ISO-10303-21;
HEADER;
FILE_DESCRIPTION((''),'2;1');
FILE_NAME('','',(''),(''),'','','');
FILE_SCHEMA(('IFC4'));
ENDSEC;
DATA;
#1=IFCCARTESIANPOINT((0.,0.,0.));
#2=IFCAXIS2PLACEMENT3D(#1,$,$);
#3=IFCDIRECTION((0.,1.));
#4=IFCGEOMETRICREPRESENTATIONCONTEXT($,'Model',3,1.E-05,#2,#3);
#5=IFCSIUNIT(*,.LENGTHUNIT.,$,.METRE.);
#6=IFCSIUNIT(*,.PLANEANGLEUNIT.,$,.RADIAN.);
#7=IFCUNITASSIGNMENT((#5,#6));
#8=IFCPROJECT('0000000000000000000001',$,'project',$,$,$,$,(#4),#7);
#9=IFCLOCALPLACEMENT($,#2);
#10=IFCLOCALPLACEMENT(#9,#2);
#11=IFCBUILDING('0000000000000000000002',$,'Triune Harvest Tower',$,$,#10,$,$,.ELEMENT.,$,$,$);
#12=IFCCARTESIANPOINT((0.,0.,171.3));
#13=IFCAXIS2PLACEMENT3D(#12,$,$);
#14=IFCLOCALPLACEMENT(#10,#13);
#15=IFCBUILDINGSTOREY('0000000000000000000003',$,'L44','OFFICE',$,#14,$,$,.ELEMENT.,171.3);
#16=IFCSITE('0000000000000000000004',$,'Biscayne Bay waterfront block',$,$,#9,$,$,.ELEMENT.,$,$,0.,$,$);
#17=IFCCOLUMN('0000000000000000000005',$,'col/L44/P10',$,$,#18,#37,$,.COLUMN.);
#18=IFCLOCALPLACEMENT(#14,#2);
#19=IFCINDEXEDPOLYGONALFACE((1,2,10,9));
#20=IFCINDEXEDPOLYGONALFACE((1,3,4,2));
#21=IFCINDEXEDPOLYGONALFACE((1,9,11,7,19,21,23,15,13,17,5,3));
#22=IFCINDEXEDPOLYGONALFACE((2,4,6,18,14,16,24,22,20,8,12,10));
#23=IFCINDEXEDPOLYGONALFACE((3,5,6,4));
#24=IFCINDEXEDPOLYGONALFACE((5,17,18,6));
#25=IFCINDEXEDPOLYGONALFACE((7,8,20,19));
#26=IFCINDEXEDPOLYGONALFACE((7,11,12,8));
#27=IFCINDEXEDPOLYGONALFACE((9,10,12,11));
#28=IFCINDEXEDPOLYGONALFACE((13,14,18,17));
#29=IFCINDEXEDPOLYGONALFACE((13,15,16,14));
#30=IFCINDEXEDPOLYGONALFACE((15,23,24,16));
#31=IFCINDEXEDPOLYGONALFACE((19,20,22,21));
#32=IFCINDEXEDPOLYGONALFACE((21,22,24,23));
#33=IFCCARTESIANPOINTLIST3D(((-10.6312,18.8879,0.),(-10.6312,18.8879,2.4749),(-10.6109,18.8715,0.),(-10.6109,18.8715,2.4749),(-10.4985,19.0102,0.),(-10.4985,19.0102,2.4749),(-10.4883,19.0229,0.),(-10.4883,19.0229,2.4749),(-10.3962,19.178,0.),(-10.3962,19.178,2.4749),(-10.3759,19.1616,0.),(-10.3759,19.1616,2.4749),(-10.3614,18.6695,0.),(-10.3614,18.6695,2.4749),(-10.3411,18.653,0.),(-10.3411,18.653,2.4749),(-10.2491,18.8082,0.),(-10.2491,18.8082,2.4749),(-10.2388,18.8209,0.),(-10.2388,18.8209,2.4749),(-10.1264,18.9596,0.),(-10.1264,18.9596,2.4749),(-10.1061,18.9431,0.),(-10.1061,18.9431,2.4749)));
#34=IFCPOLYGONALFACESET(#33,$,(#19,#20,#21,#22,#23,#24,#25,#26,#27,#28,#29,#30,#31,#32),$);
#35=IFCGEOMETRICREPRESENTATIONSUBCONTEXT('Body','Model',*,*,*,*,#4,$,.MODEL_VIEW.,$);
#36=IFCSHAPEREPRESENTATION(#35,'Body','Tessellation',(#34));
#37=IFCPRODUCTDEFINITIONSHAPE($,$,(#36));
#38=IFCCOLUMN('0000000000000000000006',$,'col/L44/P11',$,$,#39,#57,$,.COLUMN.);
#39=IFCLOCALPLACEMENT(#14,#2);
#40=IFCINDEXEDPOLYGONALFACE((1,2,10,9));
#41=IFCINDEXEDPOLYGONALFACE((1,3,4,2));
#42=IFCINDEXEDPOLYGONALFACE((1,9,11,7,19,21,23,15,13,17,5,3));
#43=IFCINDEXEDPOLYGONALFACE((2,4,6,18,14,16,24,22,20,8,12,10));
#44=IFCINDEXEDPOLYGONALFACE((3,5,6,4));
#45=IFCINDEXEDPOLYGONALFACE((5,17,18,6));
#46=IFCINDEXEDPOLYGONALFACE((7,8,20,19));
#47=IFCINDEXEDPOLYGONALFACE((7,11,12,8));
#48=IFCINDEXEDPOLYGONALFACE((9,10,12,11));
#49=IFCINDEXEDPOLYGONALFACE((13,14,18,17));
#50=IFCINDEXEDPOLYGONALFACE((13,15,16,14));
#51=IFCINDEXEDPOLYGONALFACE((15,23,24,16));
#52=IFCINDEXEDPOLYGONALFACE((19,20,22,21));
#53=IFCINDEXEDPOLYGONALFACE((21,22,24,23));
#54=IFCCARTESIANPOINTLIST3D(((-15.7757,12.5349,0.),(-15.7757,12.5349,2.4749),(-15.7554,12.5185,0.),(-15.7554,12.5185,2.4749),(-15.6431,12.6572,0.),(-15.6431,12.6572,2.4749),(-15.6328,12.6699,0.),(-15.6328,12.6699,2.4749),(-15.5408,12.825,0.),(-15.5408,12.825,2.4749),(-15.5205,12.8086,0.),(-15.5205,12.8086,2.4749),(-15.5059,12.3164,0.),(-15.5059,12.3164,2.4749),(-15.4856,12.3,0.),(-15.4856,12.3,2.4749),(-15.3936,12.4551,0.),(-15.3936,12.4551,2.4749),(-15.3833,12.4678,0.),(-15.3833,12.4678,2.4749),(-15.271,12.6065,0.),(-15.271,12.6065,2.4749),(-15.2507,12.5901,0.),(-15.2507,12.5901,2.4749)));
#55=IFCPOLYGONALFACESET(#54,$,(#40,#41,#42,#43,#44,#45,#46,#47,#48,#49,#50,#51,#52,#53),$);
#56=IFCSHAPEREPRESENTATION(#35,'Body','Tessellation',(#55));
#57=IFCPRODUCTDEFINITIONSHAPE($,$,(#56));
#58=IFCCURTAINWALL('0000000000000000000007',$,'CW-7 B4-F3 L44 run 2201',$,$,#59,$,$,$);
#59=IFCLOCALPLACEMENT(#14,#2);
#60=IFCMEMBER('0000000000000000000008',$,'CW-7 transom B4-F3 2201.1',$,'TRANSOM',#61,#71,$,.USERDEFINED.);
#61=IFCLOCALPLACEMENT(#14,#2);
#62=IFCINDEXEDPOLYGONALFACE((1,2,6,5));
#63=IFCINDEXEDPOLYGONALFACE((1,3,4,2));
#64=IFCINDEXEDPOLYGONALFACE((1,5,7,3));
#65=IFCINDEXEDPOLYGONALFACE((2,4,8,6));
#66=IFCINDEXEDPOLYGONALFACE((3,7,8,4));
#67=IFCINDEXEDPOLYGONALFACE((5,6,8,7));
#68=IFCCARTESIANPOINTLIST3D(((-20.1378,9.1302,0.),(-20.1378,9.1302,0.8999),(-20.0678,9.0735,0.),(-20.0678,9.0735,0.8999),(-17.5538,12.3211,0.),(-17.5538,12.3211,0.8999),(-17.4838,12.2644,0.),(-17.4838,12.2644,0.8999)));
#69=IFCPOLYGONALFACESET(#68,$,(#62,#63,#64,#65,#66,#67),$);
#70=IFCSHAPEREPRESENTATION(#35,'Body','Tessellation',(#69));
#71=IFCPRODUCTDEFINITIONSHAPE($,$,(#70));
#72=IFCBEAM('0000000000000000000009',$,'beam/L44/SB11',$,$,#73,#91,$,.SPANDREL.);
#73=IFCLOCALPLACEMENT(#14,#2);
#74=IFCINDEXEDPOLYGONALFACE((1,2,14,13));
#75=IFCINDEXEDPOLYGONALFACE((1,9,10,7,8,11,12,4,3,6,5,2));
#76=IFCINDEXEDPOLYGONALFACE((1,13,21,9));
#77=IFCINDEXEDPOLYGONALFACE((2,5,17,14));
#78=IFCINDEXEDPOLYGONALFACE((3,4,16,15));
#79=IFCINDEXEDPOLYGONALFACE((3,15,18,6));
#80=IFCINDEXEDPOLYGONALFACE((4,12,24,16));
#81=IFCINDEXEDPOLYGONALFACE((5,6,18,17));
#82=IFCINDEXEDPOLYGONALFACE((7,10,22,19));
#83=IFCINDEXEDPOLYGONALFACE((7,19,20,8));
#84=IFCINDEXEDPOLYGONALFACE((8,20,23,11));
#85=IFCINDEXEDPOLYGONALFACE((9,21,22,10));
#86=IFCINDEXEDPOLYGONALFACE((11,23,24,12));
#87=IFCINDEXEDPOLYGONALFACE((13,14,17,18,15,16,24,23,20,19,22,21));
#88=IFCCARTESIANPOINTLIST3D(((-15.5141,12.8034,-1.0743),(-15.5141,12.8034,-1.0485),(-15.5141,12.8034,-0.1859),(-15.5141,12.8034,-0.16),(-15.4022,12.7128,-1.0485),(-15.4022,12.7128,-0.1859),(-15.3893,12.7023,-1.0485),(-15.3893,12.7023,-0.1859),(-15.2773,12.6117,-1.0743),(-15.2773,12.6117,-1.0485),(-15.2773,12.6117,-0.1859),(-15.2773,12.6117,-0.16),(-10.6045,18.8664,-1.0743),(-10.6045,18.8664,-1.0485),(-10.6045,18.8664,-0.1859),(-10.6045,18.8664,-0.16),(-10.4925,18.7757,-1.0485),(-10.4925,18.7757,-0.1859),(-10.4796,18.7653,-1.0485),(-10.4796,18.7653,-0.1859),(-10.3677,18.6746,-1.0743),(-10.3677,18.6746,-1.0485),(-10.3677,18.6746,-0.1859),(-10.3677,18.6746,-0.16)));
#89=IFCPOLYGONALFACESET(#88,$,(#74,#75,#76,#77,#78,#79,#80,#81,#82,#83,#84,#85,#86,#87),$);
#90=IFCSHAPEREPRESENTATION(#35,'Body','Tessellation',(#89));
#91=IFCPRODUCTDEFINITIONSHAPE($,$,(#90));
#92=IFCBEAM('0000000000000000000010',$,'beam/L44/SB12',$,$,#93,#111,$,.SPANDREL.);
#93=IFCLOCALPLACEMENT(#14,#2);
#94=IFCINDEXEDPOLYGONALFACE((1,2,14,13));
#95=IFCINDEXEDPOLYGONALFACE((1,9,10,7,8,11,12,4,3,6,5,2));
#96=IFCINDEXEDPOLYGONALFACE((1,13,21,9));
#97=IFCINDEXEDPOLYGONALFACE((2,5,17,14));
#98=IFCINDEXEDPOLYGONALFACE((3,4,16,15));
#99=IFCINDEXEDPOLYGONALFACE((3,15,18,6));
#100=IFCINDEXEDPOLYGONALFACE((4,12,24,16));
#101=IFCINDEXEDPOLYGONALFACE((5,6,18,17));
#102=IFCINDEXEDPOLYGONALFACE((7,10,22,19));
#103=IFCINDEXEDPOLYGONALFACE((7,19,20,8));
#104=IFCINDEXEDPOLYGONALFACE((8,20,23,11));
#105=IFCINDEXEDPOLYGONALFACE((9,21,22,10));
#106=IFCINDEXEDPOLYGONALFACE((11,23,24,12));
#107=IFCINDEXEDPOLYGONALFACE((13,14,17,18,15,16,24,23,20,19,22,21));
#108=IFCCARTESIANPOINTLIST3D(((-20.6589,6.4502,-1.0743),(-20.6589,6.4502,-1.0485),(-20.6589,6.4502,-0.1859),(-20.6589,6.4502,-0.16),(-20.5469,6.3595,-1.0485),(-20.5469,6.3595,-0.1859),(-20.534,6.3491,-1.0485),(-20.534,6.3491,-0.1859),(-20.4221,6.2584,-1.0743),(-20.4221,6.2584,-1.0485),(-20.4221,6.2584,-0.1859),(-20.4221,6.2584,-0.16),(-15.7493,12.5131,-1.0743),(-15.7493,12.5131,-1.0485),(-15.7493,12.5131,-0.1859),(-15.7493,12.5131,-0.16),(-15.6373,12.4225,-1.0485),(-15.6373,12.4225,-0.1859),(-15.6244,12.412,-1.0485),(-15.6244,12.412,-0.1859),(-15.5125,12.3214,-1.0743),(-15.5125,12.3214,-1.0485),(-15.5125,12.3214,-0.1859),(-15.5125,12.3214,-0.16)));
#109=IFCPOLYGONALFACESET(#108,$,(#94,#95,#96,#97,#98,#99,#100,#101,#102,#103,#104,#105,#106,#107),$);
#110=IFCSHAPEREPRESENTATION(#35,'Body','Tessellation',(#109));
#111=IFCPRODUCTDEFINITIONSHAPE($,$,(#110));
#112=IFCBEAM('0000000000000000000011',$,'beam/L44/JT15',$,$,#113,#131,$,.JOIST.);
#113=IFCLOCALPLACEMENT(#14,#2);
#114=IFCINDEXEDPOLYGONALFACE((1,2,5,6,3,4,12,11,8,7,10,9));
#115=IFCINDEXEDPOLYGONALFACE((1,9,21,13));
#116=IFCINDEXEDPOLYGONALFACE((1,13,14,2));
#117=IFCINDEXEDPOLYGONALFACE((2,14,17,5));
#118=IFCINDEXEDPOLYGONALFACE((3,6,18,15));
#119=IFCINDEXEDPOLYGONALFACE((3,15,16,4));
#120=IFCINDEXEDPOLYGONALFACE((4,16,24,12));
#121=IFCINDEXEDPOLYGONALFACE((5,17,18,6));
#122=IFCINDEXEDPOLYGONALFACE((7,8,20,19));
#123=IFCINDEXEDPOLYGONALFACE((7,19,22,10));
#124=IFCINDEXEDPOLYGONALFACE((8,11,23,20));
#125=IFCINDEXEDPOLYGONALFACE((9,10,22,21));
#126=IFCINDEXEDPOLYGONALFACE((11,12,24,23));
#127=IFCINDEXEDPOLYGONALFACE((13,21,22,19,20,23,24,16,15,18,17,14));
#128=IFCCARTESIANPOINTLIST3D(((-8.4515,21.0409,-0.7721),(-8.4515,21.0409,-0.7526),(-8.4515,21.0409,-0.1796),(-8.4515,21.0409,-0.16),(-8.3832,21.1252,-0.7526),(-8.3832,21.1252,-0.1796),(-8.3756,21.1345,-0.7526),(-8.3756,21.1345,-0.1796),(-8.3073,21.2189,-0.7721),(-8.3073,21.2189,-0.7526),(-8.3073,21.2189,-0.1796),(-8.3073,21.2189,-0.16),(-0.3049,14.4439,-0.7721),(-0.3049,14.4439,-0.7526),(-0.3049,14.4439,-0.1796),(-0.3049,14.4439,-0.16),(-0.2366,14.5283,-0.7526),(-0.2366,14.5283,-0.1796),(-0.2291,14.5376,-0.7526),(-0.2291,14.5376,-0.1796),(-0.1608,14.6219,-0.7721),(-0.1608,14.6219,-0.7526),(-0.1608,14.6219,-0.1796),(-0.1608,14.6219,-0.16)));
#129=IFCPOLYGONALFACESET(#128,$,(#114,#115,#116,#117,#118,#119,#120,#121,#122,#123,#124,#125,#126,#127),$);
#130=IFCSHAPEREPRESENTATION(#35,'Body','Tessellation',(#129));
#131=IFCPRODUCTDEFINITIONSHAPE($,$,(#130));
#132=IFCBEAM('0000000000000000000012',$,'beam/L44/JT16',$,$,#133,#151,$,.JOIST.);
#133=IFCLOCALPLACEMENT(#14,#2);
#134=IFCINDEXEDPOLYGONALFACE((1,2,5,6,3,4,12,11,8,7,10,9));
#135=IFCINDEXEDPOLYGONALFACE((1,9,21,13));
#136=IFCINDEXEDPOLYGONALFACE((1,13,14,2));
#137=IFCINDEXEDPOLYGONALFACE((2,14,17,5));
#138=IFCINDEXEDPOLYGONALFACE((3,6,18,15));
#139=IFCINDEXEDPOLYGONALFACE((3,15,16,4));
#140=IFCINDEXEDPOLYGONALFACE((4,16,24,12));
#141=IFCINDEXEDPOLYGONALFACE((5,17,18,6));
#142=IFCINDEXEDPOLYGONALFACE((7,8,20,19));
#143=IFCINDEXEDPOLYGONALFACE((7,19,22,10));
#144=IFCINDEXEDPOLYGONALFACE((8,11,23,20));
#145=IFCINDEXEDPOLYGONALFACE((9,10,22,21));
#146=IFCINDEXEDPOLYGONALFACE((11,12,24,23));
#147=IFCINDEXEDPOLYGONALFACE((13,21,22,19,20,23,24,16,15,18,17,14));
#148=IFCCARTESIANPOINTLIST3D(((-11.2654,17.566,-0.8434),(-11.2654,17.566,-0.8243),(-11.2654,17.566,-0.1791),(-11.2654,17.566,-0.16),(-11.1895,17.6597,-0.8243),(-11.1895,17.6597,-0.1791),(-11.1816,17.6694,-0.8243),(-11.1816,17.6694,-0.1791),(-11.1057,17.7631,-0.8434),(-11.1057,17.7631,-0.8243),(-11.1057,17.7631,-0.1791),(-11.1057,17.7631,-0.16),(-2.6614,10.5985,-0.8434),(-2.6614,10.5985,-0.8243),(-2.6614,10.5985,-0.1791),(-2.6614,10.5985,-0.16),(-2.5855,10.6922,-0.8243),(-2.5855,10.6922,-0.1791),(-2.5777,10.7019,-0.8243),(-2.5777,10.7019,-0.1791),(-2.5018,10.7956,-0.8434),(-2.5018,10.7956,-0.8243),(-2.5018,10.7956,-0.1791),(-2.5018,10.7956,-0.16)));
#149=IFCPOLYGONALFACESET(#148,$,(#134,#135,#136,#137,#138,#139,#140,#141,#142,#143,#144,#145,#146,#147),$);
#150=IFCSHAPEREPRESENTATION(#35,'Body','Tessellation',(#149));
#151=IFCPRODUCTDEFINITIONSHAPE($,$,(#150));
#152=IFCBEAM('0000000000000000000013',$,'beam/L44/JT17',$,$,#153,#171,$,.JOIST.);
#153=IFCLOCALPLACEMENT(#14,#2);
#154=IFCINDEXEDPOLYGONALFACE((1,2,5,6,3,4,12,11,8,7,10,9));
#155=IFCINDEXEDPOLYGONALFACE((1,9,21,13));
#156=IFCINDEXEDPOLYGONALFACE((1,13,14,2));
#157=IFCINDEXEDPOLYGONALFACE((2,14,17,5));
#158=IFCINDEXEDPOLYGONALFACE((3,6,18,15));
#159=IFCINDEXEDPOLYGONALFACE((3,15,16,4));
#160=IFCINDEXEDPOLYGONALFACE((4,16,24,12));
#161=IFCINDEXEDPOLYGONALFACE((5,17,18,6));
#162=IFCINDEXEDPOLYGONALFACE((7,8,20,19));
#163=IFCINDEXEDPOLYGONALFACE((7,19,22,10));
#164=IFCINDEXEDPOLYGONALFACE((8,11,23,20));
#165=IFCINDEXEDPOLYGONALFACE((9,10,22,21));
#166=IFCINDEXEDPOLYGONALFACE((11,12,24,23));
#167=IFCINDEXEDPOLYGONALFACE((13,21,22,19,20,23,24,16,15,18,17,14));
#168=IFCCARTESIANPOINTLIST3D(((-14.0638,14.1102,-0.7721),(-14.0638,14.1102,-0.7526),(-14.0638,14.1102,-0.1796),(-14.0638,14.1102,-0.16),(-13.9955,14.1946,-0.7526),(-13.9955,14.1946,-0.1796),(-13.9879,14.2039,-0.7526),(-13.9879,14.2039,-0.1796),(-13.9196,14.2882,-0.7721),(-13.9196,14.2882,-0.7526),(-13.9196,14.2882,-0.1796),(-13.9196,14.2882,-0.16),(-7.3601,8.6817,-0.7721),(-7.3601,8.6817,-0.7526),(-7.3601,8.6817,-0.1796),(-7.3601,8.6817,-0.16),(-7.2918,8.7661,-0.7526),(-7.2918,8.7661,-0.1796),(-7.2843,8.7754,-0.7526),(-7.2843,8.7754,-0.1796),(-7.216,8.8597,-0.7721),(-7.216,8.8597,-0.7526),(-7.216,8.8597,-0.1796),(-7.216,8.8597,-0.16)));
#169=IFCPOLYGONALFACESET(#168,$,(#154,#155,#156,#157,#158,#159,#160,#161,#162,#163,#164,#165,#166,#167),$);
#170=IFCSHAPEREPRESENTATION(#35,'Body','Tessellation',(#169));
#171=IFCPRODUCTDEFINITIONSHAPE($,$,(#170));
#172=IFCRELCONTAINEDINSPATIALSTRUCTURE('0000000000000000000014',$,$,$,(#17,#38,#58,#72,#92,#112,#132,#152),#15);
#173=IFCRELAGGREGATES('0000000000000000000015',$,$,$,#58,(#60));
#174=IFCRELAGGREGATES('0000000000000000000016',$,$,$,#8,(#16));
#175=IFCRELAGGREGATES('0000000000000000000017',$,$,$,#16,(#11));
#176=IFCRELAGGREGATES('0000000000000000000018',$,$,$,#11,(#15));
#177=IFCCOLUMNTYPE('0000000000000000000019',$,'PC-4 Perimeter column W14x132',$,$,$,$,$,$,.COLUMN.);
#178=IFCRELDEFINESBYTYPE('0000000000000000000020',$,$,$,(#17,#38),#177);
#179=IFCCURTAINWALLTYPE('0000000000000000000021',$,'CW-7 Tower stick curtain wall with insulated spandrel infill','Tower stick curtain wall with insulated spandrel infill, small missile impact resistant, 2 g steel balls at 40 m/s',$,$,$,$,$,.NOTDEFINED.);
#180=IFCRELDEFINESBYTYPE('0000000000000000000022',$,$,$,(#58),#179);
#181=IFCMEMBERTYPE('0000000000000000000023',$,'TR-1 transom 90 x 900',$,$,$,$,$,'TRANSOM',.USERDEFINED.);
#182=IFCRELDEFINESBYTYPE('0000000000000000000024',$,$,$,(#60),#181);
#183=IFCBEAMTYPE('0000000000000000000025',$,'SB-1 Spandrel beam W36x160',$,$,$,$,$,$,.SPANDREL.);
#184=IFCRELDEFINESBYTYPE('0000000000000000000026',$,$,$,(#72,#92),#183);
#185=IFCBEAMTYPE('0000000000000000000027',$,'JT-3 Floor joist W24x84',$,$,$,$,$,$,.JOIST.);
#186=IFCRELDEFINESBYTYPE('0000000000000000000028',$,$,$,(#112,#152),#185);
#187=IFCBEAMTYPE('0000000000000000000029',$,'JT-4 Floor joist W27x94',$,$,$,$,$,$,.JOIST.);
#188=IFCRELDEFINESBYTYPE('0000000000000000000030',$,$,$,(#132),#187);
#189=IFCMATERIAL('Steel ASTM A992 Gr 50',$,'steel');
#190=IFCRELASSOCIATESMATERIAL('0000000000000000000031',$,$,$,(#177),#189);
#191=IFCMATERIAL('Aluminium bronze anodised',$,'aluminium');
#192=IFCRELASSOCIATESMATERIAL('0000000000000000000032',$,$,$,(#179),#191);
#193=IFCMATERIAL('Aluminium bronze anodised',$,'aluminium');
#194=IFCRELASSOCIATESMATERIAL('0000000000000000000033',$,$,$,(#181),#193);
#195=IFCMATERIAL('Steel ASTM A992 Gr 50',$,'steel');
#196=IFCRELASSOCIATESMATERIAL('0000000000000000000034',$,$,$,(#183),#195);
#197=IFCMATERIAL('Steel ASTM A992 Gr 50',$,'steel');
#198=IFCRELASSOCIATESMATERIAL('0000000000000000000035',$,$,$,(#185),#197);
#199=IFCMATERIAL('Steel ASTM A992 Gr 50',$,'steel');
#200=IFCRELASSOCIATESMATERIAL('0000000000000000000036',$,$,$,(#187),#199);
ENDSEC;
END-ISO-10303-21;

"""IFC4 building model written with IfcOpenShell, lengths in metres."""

from ifc_helpers import new_model, si_unit, direction, frame, origin, origin_2d, place, context, subcontext, project, spatial, rectangle, i_section, extrude, source, transform, mapped, material, material_profile, profile_set, type_object, element, aggregate, save


model = new_model("IFC4")

# Units and contexts
model_context = context("Model", 3, precision=1e-05, world=origin(), true_north=direction((0.0, 1.0)))
body_context = subcontext(model_context, "Body", "Model", "MODEL_VIEW")
ifc_project = project(units=[si_unit("LENGTHUNIT", "METRE"), si_unit("PLANEANGLEUNIT", "RADIAN")], contexts=[model_context])

# Site, building, storey
site_placement = place(None, origin())
site = spatial("IfcSite", under=ifc_project, at=site_placement, Name="Biscayne Bay waterfront block", CompositionType="ELEMENT", RefElevation=0.0)
building_placement = place(site_placement, origin())
building = spatial("IfcBuilding", under=site, at=building_placement, Name="Triune Harvest Tower", CompositionType="ELEMENT")
storey_placement = place(building_placement, frame((0.0, 0.0, 171.3)))
storey = spatial("IfcBuildingStorey", under=building, at=storey_placement, Name="L44", Description="OFFICE", CompositionType="ELEMENT", Elevation=171.3)

# Columns
ifc_material_1 = material(Name="Steel ASTM A992 Gr 50", Category="steel")
ifc_material_profile_1 = material_profile(ifc_material_1, i_section(OverallWidth=0.3733, OverallDepth=0.3733, WebThickness=0.0164, FlangeThickness=0.0261, at=origin_2d()), Name="W14x132")
ifc_profile_set_1 = profile_set([ifc_material_profile_1], Name="Steel ASTM A992 Gr 50")
column_type = type_object("IfcColumnType", Name="PC-4 Perimeter column W14x132", PredefinedType="COLUMN", material=ifc_profile_set_1)
shared_shape_1 = source(origin(), body_context, "Body", "SweptSolid", [
    extrude(i_section(OverallWidth=0.3733, OverallDepth=0.3733, WebThickness=0.0164, FlangeThickness=0.0261, at=origin_2d()), origin(), (0.0, 0.0, 1.0), 2.4749),
])
for number, where, z_axis, x_axis, name in (
    (1, (-10.3687, 18.9155, 0.0), (0.0, 0.0, 1.0), (-0.629322, -0.777145, 0.0), "col/L44/P10"),
    (2, (-15.5132, 12.5625, 0.0), (0.0, 0.0, 1.0), (-0.629322, -0.777145, 0.0), "col/L44/P11"),
):
    element("IfcColumn", number, at=place(storey_placement, frame(where, z_axis=z_axis, x_axis=x_axis)), inside=storey, type_object=column_type, Name=name, PredefinedType="COLUMN", context=body_context, shape_type="MappedRepresentation", body=[
        mapped(shared_shape_1, transform((0.0, 0.0, 0.0), scale=1.0)),
    ])

# Curtain wall, member
ifc_material_2 = material(Name="Aluminium bronze anodised", Category="aluminium")
curtain_wall_type_1 = type_object("IfcCurtainWallType", Name="CW-7 Tower stick curtain wall with insulated spandrel infill", Description="Tower stick curtain wall with insulated spandrel infill, small missile impact resistant, 2 g steel balls at 40 m/s", PredefinedType="NOTDEFINED", material=ifc_material_2)
curtain_wall_1_placement = place(storey_placement, origin())
curtain_wall_1 = element("IfcCurtainWall", 3, at=curtain_wall_1_placement, inside=storey, type_object=curtain_wall_type_1, Name="CW-7 B4-F3 L44 run 2201")
ifc_material_3 = material(Name="Aluminium bronze anodised", Category="aluminium")
ifc_material_profile_2 = material_profile(ifc_material_3, rectangle(XDim=0.0901, YDim=0.8999, at=origin_2d()), Name="TR-1 transom 90 x 900")
ifc_profile_set_2 = profile_set([ifc_material_profile_2], Name="Aluminium bronze anodised")
member_type_1 = type_object("IfcMemberType", Name="TR-1 transom 90 x 900", ElementType="TRANSOM", PredefinedType="USERDEFINED", material=ifc_profile_set_2)
member_1_placement = place(storey_placement, frame((-17.5188, 12.2927, 0.45), z_axis=(-0.629325, -0.777142, 0.0), x_axis=(0.777142, -0.629325, 0.0)))
member_1 = element("IfcMember", 4, at=member_1_placement, type_object=member_type_1, Name="CW-7 transom B4-F3 2201.1", ObjectType="TRANSOM", PredefinedType="USERDEFINED", context=body_context, shape_type="SweptSolid", body=[
    extrude(rectangle(XDim=0.0901, YDim=0.8999, at=origin_2d()), origin(), (0.0, 0.0, 1.0), 4.106),
])

# Beams
ifc_material_4 = material(Name="Steel ASTM A992 Gr 50", Category="steel")
ifc_material_profile_3 = material_profile(ifc_material_4, i_section(OverallWidth=0.3047, OverallDepth=0.9143, WebThickness=0.0166, FlangeThickness=0.0259, at=origin_2d()), Name="W36x160")
ifc_profile_set_3 = profile_set([ifc_material_profile_3], Name="Steel ASTM A992 Gr 50")
beam_type_1 = type_object("IfcBeamType", Name="SB-1 Spandrel beam W36x160", PredefinedType="SPANDREL", material=ifc_profile_set_3)
shared_shape_2 = source(origin(), body_context, "Body", "SweptSolid", [
    extrude(i_section(OverallWidth=0.3047, OverallDepth=0.9143, WebThickness=0.0166, FlangeThickness=0.0259, at=origin_2d()), origin(), (0.0, 0.0, 1.0), 7.8015),
])
for number, where, z_axis, x_axis, name in (
    (5, (-10.4861, 18.7705, -0.6172), (-0.629317, -0.777149, 0.0), (0.777149, -0.629317, 0.0), "beam/L44/SB11"),
    (6, (-15.6309, 12.4172, -0.6172), (-0.629317, -0.777149, 0.0), (0.777149, -0.629317, 0.0), "beam/L44/SB12"),
):
    element("IfcBeam", number, at=place(storey_placement, frame(where, z_axis=z_axis, x_axis=x_axis)), inside=storey, type_object=beam_type_1, Name=name, PredefinedType="SPANDREL", context=body_context, shape_type="MappedRepresentation", body=[
        mapped(shared_shape_2, transform((0.0, 0.0, 0.0), scale=1.0)),
    ])
ifc_material_5 = material(Name="Steel ASTM A992 Gr 50", Category="steel")
ifc_material_profile_4 = material_profile(ifc_material_5, i_section(OverallWidth=0.229, OverallDepth=0.6121, WebThickness=0.012, FlangeThickness=0.0195, at=origin_2d()), Name="W24x84")
ifc_profile_set_4 = profile_set([ifc_material_profile_4], Name="Steel ASTM A992 Gr 50")
beam_type_2 = type_object("IfcBeamType", Name="JT-3 Floor joist W24x84", PredefinedType="JOIST", material=ifc_profile_set_4)
shared_shape_3 = source(origin(), body_context, "Body", "SweptSolid", [
    extrude(i_section(OverallWidth=0.229, OverallDepth=0.6121, WebThickness=0.012, FlangeThickness=0.0195, at=origin_2d()), origin(), (0.0, 0.0, 1.0), 10.4827),
])
beam_1_placement = place(storey_placement, frame((-8.3794, 21.1299, -0.4661), z_axis=(0.777145, -0.629322, 0.0), x_axis=(0.629322, 0.777145, 0.0)))
element("IfcBeam", 7, at=beam_1_placement, inside=storey, type_object=beam_type_2, Name="beam/L44/JT15", PredefinedType="JOIST", context=body_context, shape_type="MappedRepresentation", body=[
    mapped(shared_shape_3, transform((0.0, 0.0, 0.0), scale=1.0)),
])
ifc_material_6 = material(Name="Steel ASTM A992 Gr 50", Category="steel")
ifc_material_profile_5 = material_profile(ifc_material_6, i_section(OverallWidth=0.2537, OverallDepth=0.6833, WebThickness=0.0125, FlangeThickness=0.019, at=origin_2d()), Name="W27x94")
ifc_profile_set_5 = profile_set([ifc_material_profile_5], Name="Steel ASTM A992 Gr 50")
beam_type_3 = type_object("IfcBeamType", Name="JT-4 Floor joist W27x94", PredefinedType="JOIST", material=ifc_profile_set_5)
shared_shape_4 = source(origin(), body_context, "Body", "SweptSolid", [
    extrude(i_section(OverallWidth=0.2537, OverallDepth=0.6833, WebThickness=0.0125, FlangeThickness=0.019, at=origin_2d()), origin(), (0.0, 0.0, 1.0), 11.0713),
])
beam_2_placement = place(storey_placement, frame((-11.1855, 17.6646, -0.5017), z_axis=(0.77714, -0.629328, 0.0), x_axis=(0.629328, 0.77714, 0.0)))
element("IfcBeam", 8, at=beam_2_placement, inside=storey, type_object=beam_type_3, Name="beam/L44/JT16", PredefinedType="JOIST", context=body_context, shape_type="MappedRepresentation", body=[
    mapped(shared_shape_4, transform((0.0, 0.0, 0.0), scale=1.0)),
])
shared_shape_5 = source(origin(), body_context, "Body", "SweptSolid", [
    extrude(i_section(OverallWidth=0.229, OverallDepth=0.6121, WebThickness=0.012, FlangeThickness=0.0195, at=origin_2d()), origin(), (0.0, 0.0, 1.0), 8.626),
])
beam_3_placement = place(storey_placement, frame((-13.9917, 14.1992, -0.4661), z_axis=(0.777147, -0.62932, 0.0), x_axis=(0.62932, 0.777147, 0.0)))
element("IfcBeam", 9, at=beam_3_placement, inside=storey, type_object=beam_type_2, Name="beam/L44/JT17", PredefinedType="JOIST", context=body_context, shape_type="MappedRepresentation", body=[
    mapped(shared_shape_5, transform((0.0, 0.0, 0.0), scale=1.0)),
])

aggregate(curtain_wall_1, [member_1])

save(model, "model.ifc")
